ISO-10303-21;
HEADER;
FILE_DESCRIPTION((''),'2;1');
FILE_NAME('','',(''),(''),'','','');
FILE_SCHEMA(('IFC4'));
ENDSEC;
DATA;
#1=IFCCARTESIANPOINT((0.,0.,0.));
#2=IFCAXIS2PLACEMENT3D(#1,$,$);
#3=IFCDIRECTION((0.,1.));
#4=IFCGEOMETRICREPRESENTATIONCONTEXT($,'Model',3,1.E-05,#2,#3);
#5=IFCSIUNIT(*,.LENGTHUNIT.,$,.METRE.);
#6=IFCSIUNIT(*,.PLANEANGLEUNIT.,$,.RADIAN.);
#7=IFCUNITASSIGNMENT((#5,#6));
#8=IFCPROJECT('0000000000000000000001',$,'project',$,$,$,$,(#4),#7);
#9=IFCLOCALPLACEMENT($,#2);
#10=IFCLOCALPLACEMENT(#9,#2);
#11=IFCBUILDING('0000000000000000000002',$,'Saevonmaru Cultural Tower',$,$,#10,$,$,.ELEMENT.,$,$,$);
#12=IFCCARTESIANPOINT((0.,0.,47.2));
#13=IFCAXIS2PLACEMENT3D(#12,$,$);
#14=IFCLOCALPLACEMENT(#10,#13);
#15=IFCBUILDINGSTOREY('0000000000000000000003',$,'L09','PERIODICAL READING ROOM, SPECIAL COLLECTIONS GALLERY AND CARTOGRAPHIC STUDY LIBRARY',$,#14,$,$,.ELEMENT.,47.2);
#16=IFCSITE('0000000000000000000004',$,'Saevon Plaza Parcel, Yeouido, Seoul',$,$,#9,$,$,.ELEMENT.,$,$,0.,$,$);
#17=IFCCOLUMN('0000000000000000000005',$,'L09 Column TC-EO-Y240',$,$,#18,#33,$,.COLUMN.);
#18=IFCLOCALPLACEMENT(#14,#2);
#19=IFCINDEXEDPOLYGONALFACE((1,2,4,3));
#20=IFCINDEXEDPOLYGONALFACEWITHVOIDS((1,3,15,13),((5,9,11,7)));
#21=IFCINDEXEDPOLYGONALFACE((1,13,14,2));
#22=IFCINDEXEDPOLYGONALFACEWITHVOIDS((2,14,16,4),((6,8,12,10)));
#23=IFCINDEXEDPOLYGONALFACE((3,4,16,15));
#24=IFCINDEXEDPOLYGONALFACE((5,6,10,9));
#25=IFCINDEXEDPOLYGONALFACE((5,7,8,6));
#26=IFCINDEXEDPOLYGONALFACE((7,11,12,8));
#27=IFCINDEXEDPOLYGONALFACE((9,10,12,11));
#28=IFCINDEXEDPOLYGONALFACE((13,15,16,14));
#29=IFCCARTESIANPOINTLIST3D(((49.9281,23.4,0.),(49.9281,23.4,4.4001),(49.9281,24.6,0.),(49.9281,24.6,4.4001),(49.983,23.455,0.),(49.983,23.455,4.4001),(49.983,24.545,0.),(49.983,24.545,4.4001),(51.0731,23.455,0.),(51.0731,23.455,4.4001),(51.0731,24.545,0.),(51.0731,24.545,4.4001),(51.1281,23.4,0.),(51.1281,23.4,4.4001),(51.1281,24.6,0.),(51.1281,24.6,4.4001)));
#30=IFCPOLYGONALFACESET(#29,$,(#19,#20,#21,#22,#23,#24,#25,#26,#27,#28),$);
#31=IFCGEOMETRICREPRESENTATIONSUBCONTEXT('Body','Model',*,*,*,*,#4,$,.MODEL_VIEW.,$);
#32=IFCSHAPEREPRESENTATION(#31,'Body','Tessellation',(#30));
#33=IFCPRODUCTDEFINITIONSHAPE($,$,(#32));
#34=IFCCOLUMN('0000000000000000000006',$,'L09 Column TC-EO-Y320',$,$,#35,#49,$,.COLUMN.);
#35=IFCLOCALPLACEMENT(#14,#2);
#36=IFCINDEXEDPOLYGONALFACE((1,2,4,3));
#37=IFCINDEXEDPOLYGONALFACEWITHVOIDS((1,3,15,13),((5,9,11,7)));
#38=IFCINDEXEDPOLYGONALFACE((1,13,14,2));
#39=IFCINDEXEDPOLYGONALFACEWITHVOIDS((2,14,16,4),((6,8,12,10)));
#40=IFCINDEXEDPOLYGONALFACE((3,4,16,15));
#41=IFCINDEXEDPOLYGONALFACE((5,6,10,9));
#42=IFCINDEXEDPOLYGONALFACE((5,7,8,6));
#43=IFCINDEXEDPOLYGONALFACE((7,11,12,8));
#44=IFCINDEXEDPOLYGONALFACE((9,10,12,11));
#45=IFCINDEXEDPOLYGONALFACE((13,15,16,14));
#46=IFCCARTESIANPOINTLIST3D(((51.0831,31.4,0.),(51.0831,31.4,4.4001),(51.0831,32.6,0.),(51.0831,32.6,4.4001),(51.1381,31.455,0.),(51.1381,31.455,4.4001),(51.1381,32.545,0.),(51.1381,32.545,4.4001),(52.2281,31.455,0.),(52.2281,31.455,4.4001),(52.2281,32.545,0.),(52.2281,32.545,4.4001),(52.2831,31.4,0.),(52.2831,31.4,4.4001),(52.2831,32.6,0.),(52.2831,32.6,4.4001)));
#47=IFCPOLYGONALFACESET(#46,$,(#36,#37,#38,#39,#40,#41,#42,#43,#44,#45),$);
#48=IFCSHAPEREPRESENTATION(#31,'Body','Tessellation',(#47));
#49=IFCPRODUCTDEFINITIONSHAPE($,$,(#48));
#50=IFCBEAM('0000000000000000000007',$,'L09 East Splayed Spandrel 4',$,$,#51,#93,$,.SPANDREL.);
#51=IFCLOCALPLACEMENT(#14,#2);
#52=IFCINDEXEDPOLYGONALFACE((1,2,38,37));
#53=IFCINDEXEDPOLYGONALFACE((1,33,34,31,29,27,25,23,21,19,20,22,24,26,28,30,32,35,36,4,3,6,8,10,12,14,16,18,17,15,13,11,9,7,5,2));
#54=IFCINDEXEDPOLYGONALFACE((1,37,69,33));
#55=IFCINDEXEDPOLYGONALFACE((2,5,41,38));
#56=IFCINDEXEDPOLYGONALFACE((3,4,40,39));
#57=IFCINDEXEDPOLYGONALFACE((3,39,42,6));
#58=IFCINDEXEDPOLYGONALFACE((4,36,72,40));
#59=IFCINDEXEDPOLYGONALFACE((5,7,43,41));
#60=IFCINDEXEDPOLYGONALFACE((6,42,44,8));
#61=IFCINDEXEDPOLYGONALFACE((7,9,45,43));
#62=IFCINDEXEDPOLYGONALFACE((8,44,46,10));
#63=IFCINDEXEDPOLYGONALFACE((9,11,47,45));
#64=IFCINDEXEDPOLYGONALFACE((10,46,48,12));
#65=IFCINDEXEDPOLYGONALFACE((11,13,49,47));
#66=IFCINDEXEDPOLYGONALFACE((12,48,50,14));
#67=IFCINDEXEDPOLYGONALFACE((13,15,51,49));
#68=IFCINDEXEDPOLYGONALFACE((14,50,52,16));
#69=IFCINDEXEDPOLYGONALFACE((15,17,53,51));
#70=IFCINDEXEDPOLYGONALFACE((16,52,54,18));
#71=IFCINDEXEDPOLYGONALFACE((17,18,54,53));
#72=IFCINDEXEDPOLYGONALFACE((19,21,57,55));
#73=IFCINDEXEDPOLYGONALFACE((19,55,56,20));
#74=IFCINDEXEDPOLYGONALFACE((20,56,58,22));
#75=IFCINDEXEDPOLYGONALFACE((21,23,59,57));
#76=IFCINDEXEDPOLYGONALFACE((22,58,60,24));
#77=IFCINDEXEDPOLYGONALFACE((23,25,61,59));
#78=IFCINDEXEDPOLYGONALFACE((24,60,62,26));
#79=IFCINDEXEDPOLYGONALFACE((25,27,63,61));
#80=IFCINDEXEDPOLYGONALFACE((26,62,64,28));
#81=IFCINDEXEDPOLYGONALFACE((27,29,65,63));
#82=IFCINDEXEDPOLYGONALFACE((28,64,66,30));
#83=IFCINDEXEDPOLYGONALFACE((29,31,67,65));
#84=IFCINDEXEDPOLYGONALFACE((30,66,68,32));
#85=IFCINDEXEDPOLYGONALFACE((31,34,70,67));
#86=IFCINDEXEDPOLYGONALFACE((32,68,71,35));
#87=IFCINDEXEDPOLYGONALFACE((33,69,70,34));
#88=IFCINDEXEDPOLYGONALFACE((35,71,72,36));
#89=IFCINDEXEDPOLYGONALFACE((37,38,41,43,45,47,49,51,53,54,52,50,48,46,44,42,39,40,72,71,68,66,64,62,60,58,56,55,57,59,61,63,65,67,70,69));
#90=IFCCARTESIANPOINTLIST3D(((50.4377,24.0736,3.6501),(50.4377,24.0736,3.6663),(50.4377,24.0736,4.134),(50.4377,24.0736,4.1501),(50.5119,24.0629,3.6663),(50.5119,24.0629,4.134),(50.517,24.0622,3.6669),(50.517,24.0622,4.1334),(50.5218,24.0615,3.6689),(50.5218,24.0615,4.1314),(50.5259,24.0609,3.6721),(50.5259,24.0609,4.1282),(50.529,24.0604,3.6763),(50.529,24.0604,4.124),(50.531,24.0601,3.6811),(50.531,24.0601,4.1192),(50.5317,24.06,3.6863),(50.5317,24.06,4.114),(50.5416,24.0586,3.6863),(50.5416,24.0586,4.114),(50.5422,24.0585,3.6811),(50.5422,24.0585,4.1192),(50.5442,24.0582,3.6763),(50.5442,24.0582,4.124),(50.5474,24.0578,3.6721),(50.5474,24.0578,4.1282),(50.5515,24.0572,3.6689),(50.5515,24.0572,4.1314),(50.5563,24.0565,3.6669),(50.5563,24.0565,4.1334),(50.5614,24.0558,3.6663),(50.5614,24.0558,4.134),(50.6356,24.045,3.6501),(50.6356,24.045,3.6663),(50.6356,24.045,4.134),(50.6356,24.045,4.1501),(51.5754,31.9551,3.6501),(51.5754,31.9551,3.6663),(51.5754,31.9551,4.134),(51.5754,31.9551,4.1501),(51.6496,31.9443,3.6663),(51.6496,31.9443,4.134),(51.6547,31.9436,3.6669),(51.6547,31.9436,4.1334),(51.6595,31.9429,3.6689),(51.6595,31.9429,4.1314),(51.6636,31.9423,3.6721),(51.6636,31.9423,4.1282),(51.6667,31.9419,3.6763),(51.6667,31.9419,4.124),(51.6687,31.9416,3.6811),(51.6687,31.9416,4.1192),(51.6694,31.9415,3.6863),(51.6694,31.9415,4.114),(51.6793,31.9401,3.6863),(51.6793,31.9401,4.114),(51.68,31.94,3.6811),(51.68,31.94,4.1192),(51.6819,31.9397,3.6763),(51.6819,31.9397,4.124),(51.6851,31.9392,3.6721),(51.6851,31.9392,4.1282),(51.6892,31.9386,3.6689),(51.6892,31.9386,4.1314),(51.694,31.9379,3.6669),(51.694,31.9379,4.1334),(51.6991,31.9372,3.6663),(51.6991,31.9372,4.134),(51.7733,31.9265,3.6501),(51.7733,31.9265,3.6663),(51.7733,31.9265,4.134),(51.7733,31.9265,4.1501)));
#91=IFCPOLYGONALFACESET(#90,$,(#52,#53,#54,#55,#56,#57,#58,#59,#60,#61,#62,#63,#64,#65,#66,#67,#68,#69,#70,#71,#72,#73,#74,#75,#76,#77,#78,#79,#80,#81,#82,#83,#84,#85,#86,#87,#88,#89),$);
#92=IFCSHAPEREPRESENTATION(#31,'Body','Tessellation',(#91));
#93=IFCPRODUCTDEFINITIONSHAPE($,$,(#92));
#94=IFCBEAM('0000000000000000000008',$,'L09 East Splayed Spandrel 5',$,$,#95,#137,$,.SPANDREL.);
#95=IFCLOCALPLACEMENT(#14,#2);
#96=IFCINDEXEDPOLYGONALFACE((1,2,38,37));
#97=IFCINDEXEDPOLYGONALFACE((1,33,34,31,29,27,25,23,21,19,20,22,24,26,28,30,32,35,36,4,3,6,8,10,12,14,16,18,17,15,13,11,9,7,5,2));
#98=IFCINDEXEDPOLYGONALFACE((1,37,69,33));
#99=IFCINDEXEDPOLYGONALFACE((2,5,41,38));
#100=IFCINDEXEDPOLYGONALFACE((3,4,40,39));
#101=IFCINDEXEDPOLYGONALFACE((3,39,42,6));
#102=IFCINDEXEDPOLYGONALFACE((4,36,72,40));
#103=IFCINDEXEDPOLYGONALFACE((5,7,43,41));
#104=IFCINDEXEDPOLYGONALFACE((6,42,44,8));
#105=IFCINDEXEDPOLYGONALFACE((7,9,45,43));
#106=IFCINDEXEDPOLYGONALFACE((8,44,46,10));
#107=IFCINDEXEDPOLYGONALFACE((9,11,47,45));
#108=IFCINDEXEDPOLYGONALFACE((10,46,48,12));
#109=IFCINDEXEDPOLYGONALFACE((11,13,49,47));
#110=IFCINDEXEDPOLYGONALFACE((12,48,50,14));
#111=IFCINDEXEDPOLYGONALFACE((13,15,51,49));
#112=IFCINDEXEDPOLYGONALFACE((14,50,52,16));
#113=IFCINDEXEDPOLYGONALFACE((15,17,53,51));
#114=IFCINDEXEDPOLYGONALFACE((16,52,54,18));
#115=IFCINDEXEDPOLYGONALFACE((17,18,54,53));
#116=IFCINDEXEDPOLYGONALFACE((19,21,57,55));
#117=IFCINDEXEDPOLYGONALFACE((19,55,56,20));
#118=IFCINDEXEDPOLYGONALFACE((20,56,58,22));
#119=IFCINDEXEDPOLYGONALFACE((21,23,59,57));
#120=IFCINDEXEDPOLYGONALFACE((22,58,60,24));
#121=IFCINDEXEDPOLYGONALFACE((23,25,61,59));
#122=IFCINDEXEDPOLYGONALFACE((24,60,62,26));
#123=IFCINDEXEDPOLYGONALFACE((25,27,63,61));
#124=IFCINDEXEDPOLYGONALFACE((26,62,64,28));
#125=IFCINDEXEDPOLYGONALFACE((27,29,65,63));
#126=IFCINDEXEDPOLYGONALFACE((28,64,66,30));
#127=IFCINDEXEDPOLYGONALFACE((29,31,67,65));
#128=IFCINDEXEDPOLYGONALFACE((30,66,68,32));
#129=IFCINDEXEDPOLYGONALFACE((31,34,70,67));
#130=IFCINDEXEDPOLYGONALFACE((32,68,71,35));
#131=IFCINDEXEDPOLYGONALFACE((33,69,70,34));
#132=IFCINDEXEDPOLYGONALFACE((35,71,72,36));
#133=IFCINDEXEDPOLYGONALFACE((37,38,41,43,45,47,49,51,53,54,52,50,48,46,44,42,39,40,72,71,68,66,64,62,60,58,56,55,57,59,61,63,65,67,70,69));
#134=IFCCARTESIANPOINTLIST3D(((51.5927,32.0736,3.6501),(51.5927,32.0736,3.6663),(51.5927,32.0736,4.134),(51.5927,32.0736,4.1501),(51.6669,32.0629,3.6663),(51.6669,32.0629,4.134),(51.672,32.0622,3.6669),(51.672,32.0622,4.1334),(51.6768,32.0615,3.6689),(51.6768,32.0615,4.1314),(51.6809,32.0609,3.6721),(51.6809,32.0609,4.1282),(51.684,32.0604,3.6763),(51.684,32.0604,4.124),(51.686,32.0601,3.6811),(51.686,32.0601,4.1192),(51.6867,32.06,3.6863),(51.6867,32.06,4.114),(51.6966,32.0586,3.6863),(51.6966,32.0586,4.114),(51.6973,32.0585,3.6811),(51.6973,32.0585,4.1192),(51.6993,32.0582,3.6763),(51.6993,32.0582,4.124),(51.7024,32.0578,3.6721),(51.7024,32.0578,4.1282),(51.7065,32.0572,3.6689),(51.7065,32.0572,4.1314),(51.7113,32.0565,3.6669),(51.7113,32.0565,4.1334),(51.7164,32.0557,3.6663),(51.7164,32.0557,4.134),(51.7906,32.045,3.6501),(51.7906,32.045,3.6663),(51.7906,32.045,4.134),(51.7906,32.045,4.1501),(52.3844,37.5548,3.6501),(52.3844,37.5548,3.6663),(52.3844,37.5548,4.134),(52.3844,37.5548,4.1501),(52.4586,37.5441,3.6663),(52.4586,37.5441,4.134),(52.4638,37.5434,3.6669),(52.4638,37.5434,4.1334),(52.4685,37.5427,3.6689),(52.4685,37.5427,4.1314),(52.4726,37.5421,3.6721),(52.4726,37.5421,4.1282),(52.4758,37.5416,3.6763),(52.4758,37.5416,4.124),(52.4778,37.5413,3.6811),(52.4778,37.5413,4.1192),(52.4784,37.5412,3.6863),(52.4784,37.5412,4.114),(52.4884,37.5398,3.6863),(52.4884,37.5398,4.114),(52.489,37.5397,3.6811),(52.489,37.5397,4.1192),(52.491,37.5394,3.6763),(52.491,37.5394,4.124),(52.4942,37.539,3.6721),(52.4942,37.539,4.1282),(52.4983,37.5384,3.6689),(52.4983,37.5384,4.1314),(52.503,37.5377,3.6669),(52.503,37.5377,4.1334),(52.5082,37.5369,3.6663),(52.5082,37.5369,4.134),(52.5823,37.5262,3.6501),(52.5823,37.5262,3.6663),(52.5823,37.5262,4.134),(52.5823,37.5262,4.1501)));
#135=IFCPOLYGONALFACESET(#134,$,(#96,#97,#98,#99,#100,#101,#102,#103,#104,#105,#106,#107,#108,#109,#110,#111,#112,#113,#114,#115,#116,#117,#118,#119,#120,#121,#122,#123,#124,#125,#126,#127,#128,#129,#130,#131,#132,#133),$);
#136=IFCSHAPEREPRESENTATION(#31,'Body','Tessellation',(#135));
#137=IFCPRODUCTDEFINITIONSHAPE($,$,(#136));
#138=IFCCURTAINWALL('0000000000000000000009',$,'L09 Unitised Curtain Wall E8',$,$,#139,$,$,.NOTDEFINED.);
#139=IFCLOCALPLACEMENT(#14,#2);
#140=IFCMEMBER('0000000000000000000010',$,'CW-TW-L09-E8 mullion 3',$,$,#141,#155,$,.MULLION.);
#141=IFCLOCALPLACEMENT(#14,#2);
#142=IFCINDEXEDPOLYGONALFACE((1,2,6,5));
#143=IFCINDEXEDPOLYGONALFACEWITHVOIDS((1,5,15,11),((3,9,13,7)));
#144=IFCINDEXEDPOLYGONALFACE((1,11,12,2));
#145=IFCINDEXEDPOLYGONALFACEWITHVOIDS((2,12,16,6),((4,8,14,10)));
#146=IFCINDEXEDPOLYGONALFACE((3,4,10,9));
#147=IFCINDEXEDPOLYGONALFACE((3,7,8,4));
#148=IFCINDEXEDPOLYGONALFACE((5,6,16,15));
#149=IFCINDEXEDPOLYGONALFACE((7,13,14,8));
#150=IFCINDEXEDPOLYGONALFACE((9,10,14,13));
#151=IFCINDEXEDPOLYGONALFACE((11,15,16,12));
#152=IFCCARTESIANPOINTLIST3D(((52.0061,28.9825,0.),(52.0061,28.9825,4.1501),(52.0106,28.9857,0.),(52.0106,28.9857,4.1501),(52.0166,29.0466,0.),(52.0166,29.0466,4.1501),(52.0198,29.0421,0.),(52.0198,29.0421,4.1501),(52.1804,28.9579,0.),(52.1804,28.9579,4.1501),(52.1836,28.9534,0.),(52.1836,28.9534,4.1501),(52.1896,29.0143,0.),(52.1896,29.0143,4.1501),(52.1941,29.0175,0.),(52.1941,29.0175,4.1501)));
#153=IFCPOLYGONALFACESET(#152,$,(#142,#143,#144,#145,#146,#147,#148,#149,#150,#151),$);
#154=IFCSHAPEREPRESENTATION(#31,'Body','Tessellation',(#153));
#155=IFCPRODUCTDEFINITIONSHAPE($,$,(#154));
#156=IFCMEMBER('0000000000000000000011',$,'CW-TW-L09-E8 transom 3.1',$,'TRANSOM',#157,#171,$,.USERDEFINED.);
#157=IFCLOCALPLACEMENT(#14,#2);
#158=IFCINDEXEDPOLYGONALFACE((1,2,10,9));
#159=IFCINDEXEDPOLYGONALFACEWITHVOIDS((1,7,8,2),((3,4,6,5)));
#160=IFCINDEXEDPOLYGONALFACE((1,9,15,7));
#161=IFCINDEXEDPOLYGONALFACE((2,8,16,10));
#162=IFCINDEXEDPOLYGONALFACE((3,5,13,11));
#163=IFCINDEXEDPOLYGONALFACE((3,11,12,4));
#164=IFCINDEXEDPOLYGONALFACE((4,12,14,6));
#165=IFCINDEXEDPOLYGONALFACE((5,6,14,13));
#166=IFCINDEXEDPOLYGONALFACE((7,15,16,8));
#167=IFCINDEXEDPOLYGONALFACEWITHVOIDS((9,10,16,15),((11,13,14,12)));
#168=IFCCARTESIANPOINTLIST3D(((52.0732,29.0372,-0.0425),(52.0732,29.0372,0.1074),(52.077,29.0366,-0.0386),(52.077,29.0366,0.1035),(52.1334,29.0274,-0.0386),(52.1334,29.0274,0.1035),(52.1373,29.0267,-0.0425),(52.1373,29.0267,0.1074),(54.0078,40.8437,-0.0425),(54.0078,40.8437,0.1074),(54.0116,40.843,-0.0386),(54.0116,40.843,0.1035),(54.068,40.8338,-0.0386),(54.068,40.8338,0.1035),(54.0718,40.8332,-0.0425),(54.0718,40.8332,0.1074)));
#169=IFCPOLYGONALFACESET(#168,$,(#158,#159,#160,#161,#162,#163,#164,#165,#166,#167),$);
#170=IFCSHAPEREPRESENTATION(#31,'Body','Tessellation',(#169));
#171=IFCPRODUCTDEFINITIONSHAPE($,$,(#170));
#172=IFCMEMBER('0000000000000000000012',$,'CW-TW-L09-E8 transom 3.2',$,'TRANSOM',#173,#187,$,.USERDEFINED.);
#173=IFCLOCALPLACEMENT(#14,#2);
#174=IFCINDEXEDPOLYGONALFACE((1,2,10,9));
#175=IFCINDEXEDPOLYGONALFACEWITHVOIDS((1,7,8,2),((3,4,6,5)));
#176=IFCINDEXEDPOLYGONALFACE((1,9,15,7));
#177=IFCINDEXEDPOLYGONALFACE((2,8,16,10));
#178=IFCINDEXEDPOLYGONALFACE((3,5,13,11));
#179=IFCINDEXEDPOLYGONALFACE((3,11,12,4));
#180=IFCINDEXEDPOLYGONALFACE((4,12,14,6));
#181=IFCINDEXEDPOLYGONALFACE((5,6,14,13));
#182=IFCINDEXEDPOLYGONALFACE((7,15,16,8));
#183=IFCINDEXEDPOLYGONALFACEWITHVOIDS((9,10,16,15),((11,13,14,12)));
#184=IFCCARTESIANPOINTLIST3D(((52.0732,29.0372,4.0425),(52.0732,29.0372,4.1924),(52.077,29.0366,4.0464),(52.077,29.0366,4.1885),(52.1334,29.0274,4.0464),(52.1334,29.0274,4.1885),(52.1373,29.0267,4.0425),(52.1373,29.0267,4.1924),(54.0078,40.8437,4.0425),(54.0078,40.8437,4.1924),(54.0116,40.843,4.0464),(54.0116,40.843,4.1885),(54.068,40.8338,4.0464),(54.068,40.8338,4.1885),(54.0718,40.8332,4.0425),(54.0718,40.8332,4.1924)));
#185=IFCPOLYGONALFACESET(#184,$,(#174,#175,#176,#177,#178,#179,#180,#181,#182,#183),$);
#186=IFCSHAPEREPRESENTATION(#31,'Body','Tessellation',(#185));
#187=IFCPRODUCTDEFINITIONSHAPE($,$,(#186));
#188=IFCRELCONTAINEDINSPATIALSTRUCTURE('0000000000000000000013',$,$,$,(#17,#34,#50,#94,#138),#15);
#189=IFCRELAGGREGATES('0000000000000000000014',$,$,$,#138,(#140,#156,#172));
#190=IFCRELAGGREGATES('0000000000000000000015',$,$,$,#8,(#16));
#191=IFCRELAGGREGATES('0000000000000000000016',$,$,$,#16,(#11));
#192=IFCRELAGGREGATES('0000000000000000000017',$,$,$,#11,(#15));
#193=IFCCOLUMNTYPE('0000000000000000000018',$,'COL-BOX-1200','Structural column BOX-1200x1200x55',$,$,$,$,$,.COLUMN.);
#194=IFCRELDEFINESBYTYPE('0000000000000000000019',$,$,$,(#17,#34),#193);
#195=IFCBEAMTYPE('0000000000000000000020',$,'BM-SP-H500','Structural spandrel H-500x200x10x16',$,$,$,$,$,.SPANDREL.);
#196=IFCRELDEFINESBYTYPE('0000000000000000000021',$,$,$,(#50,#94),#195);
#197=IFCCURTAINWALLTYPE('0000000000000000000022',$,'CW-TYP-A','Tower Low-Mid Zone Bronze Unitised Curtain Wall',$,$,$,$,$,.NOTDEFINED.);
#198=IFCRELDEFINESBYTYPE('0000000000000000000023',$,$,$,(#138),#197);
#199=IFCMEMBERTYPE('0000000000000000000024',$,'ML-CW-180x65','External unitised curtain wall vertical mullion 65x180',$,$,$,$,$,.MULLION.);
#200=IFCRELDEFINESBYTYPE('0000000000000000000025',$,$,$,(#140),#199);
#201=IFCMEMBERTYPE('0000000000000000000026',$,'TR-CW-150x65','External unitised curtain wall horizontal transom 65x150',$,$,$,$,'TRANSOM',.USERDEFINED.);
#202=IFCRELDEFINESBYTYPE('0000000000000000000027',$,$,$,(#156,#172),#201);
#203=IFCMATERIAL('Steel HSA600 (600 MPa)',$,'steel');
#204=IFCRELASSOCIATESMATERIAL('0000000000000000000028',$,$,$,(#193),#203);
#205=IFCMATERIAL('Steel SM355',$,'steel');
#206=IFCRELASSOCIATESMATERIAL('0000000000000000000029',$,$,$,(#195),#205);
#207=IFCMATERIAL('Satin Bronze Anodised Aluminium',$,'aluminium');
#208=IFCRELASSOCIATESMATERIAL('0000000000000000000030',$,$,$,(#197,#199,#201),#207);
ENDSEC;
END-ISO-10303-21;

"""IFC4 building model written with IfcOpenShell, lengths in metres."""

from ifc_helpers import new_model, si_unit, direction, frame, origin, origin_2d, place, context, subcontext, project, spatial, hollow_rectangle, i_section, extrude, material, material_profile, profile_set, type_object, element, aggregate, save


model = new_model("IFC4")

# Units and contexts
model_context = context("Model", 3, precision=1e-05, world=origin(), true_north=direction((0.0, 1.0)))
body_context = subcontext(model_context, "Body", "Model", "MODEL_VIEW")
ifc_project = project(units=[si_unit("LENGTHUNIT", "METRE"), si_unit("PLANEANGLEUNIT", "RADIAN")], contexts=[model_context])

# Site, building, storey
site_placement = place(None, origin())
site = spatial("IfcSite", under=ifc_project, at=site_placement, Name="Saevon Plaza Parcel, Yeouido, Seoul", CompositionType="ELEMENT", RefElevation=0.0)
building_placement = place(site_placement, origin())
building = spatial("IfcBuilding", under=site, at=building_placement, Name="Saevonmaru Cultural Tower", CompositionType="ELEMENT")
storey_placement = place(building_placement, frame((0.0, 0.0, 47.2)))
storey = spatial("IfcBuildingStorey", under=building, at=storey_placement, Name="L09", Description="PERIODICAL READING ROOM, SPECIAL COLLECTIONS GALLERY AND CARTOGRAPHIC STUDY LIBRARY", CompositionType="ELEMENT", Elevation=47.2)

# Columns
ifc_material_1 = material(Name="Steel HSA600 (600 MPa)", Category="steel")
ifc_material_profile_1 = material_profile(ifc_material_1, hollow_rectangle(XDim=1.2, YDim=1.2, WallThickness=0.0549, at=origin_2d()), Name="BOX-1200x1200x55")
ifc_profile_set_1 = profile_set([ifc_material_profile_1], Name="Steel HSA600 (600 MPa)")
column_type = type_object("IfcColumnType", Name="COL-BOX-1200", Description="Structural column BOX-1200x1200x55", PredefinedType="COLUMN", material=ifc_profile_set_1)
for number, where, z_axis, x_axis, name in (
    (1, (50.5281, 24.0, 0.0), (0.0, 0.0, 1.0), (1.0, 0.0, 0.0), "L09 Column TC-EO-Y240"),
    (2, (51.6831, 32.0, 0.0), (0.0, 0.0, 1.0), (1.0, 0.0, 0.0), "L09 Column TC-EO-Y320"),
):
    element("IfcColumn", number, at=place(storey_placement, frame(where, z_axis=z_axis, x_axis=x_axis)), inside=storey, type_object=column_type, Name=name, PredefinedType="COLUMN", context=body_context, shape_type="SweptSolid", body=[
        extrude(hollow_rectangle(XDim=1.2, YDim=1.2, WallThickness=0.0549, at=origin_2d()), origin(), (0.0, 0.0, 1.0), 4.4001),
    ])

# Beams
ifc_material_2 = material(Name="Steel SM355", Category="steel")
ifc_material_profile_2 = material_profile(ifc_material_2, i_section(OverallWidth=0.2, OverallDepth=0.5, WebThickness=0.01, FlangeThickness=0.0161, FilletRadius=0.02, at=origin_2d()), Name="H-500x200x10x16")
ifc_profile_set_2 = profile_set([ifc_material_profile_2], Name="Steel SM355")
beam_type = type_object("IfcBeamType", Name="BM-SP-H500", Description="Structural spandrel H-500x200x10x16", PredefinedType="SPANDREL", material=ifc_profile_set_2)
beam_1_placement = place(storey_placement, frame((50.5366, 24.0593, 3.9001), z_axis=(0.142872, 0.989741, 0.0), x_axis=(-0.989741, 0.142872, 0.0)))
element("IfcBeam", 3, at=beam_1_placement, inside=storey, type_object=beam_type, Name="L09 East Splayed Spandrel 4", PredefinedType="SPANDREL", context=body_context, shape_type="SweptSolid", body=[
    extrude(i_section(OverallWidth=0.2, OverallDepth=0.5, WebThickness=0.01, FlangeThickness=0.0161, FilletRadius=0.02, at=origin_2d()), origin(), (0.0, 0.0, 1.0), 7.9631),
])
beam_2_placement = place(storey_placement, frame((51.6917, 32.0593, 3.9001), z_axis=(0.142964, 0.989728, 0.0), x_axis=(-0.989728, 0.142964, 0.0)))
element("IfcBeam", 4, at=beam_2_placement, inside=storey, type_object=beam_type, Name="L09 East Splayed Spandrel 5", PredefinedType="SPANDREL", context=body_context, shape_type="SweptSolid", body=[
    extrude(i_section(OverallWidth=0.2, OverallDepth=0.5, WebThickness=0.01, FlangeThickness=0.0161, FilletRadius=0.02, at=origin_2d()), origin(), (0.0, 0.0, 1.0), 5.5381),
])

# Curtain wall, members
ifc_material_3 = material(Name="Satin Bronze Anodised Aluminium", Category="aluminium")
curtain_wall_type = type_object("IfcCurtainWallType", Name="CW-TYP-A", Description="Tower Low-Mid Zone Bronze Unitised Curtain Wall", PredefinedType="NOTDEFINED", material=ifc_material_3)
curtain_wall_placement = place(storey_placement, origin())
curtain_wall = element("IfcCurtainWall", 5, at=curtain_wall_placement, inside=storey, type_object=curtain_wall_type, Name="L09 Unitised Curtain Wall E8", PredefinedType="NOTDEFINED")
ifc_material_profile_3 = material_profile(ifc_material_3, hollow_rectangle(XDim=0.0649, YDim=0.1799, WallThickness=0.0039, at=origin_2d()), Name="ALU-MULL-180x65x4")
ifc_profile_set_3 = profile_set([ifc_material_profile_3], Name="Satin Bronze Anodised Aluminium")
member_type_1 = type_object("IfcMemberType", Name="ML-CW-180x65", Description="External unitised curtain wall vertical mullion 65x180", PredefinedType="MULLION", material=ifc_profile_set_3)
member_1_placement = place(storey_placement, frame((52.1001, 29.0, 0.0), z_axis=(0.0, 0.0, 1.0), x_axis=(0.161709, 0.986839, 0.0)))
member_1 = element("IfcMember", 6, at=member_1_placement, type_object=member_type_1, Name="CW-TW-L09-E8 mullion 3", PredefinedType="MULLION", context=body_context, shape_type="SweptSolid", body=[
    extrude(hollow_rectangle(XDim=0.0649, YDim=0.1799, WallThickness=0.0039, at=origin_2d()), origin(), (0.0, 0.0, 1.0), 4.1501),
])
ifc_material_profile_4 = material_profile(ifc_material_3, hollow_rectangle(XDim=0.0649, YDim=0.1499, WallThickness=0.0039, at=origin_2d()), Name="ALU-TRAN-150x65x4")
ifc_profile_set_4 = profile_set([ifc_material_profile_4], Name="Satin Bronze Anodised Aluminium")
member_type_2 = type_object("IfcMemberType", Name="TR-CW-150x65", Description="External unitised curtain wall horizontal transom 65x150", ElementType="TRANSOM", PredefinedType="USERDEFINED", material=ifc_profile_set_4)
member_2_placement = place(storey_placement, frame((52.1052, 29.032, 0.0325), z_axis=(0.161701, 0.98684, 0.0), x_axis=(-0.98684, 0.161701, 0.0)))
member_2 = element("IfcMember", 7, at=member_2_placement, type_object=member_type_2, Name="CW-TW-L09-E8 transom 3.1", ObjectType="TRANSOM", PredefinedType="USERDEFINED", context=body_context, shape_type="SweptSolid", body=[
    extrude(hollow_rectangle(XDim=0.0649, YDim=0.1499, WallThickness=0.0039, at=origin_2d()), origin(), (0.0, 0.0, 1.0), 11.9639),
])
member_3_placement = place(storey_placement, frame((52.1052, 29.032, 4.1174), z_axis=(0.161701, 0.98684, 0.0), x_axis=(-0.98684, 0.161701, 0.0)))
member_3 = element("IfcMember", 8, at=member_3_placement, type_object=member_type_2, Name="CW-TW-L09-E8 transom 3.2", ObjectType="TRANSOM", PredefinedType="USERDEFINED", context=body_context, shape_type="SweptSolid", body=[
    extrude(hollow_rectangle(XDim=0.0649, YDim=0.1499, WallThickness=0.0039, at=origin_2d()), origin(), (0.0, 0.0, 1.0), 11.9639),
])
aggregate(curtain_wall, [member_1, member_2, member_3])

save(model, "model.ifc")
